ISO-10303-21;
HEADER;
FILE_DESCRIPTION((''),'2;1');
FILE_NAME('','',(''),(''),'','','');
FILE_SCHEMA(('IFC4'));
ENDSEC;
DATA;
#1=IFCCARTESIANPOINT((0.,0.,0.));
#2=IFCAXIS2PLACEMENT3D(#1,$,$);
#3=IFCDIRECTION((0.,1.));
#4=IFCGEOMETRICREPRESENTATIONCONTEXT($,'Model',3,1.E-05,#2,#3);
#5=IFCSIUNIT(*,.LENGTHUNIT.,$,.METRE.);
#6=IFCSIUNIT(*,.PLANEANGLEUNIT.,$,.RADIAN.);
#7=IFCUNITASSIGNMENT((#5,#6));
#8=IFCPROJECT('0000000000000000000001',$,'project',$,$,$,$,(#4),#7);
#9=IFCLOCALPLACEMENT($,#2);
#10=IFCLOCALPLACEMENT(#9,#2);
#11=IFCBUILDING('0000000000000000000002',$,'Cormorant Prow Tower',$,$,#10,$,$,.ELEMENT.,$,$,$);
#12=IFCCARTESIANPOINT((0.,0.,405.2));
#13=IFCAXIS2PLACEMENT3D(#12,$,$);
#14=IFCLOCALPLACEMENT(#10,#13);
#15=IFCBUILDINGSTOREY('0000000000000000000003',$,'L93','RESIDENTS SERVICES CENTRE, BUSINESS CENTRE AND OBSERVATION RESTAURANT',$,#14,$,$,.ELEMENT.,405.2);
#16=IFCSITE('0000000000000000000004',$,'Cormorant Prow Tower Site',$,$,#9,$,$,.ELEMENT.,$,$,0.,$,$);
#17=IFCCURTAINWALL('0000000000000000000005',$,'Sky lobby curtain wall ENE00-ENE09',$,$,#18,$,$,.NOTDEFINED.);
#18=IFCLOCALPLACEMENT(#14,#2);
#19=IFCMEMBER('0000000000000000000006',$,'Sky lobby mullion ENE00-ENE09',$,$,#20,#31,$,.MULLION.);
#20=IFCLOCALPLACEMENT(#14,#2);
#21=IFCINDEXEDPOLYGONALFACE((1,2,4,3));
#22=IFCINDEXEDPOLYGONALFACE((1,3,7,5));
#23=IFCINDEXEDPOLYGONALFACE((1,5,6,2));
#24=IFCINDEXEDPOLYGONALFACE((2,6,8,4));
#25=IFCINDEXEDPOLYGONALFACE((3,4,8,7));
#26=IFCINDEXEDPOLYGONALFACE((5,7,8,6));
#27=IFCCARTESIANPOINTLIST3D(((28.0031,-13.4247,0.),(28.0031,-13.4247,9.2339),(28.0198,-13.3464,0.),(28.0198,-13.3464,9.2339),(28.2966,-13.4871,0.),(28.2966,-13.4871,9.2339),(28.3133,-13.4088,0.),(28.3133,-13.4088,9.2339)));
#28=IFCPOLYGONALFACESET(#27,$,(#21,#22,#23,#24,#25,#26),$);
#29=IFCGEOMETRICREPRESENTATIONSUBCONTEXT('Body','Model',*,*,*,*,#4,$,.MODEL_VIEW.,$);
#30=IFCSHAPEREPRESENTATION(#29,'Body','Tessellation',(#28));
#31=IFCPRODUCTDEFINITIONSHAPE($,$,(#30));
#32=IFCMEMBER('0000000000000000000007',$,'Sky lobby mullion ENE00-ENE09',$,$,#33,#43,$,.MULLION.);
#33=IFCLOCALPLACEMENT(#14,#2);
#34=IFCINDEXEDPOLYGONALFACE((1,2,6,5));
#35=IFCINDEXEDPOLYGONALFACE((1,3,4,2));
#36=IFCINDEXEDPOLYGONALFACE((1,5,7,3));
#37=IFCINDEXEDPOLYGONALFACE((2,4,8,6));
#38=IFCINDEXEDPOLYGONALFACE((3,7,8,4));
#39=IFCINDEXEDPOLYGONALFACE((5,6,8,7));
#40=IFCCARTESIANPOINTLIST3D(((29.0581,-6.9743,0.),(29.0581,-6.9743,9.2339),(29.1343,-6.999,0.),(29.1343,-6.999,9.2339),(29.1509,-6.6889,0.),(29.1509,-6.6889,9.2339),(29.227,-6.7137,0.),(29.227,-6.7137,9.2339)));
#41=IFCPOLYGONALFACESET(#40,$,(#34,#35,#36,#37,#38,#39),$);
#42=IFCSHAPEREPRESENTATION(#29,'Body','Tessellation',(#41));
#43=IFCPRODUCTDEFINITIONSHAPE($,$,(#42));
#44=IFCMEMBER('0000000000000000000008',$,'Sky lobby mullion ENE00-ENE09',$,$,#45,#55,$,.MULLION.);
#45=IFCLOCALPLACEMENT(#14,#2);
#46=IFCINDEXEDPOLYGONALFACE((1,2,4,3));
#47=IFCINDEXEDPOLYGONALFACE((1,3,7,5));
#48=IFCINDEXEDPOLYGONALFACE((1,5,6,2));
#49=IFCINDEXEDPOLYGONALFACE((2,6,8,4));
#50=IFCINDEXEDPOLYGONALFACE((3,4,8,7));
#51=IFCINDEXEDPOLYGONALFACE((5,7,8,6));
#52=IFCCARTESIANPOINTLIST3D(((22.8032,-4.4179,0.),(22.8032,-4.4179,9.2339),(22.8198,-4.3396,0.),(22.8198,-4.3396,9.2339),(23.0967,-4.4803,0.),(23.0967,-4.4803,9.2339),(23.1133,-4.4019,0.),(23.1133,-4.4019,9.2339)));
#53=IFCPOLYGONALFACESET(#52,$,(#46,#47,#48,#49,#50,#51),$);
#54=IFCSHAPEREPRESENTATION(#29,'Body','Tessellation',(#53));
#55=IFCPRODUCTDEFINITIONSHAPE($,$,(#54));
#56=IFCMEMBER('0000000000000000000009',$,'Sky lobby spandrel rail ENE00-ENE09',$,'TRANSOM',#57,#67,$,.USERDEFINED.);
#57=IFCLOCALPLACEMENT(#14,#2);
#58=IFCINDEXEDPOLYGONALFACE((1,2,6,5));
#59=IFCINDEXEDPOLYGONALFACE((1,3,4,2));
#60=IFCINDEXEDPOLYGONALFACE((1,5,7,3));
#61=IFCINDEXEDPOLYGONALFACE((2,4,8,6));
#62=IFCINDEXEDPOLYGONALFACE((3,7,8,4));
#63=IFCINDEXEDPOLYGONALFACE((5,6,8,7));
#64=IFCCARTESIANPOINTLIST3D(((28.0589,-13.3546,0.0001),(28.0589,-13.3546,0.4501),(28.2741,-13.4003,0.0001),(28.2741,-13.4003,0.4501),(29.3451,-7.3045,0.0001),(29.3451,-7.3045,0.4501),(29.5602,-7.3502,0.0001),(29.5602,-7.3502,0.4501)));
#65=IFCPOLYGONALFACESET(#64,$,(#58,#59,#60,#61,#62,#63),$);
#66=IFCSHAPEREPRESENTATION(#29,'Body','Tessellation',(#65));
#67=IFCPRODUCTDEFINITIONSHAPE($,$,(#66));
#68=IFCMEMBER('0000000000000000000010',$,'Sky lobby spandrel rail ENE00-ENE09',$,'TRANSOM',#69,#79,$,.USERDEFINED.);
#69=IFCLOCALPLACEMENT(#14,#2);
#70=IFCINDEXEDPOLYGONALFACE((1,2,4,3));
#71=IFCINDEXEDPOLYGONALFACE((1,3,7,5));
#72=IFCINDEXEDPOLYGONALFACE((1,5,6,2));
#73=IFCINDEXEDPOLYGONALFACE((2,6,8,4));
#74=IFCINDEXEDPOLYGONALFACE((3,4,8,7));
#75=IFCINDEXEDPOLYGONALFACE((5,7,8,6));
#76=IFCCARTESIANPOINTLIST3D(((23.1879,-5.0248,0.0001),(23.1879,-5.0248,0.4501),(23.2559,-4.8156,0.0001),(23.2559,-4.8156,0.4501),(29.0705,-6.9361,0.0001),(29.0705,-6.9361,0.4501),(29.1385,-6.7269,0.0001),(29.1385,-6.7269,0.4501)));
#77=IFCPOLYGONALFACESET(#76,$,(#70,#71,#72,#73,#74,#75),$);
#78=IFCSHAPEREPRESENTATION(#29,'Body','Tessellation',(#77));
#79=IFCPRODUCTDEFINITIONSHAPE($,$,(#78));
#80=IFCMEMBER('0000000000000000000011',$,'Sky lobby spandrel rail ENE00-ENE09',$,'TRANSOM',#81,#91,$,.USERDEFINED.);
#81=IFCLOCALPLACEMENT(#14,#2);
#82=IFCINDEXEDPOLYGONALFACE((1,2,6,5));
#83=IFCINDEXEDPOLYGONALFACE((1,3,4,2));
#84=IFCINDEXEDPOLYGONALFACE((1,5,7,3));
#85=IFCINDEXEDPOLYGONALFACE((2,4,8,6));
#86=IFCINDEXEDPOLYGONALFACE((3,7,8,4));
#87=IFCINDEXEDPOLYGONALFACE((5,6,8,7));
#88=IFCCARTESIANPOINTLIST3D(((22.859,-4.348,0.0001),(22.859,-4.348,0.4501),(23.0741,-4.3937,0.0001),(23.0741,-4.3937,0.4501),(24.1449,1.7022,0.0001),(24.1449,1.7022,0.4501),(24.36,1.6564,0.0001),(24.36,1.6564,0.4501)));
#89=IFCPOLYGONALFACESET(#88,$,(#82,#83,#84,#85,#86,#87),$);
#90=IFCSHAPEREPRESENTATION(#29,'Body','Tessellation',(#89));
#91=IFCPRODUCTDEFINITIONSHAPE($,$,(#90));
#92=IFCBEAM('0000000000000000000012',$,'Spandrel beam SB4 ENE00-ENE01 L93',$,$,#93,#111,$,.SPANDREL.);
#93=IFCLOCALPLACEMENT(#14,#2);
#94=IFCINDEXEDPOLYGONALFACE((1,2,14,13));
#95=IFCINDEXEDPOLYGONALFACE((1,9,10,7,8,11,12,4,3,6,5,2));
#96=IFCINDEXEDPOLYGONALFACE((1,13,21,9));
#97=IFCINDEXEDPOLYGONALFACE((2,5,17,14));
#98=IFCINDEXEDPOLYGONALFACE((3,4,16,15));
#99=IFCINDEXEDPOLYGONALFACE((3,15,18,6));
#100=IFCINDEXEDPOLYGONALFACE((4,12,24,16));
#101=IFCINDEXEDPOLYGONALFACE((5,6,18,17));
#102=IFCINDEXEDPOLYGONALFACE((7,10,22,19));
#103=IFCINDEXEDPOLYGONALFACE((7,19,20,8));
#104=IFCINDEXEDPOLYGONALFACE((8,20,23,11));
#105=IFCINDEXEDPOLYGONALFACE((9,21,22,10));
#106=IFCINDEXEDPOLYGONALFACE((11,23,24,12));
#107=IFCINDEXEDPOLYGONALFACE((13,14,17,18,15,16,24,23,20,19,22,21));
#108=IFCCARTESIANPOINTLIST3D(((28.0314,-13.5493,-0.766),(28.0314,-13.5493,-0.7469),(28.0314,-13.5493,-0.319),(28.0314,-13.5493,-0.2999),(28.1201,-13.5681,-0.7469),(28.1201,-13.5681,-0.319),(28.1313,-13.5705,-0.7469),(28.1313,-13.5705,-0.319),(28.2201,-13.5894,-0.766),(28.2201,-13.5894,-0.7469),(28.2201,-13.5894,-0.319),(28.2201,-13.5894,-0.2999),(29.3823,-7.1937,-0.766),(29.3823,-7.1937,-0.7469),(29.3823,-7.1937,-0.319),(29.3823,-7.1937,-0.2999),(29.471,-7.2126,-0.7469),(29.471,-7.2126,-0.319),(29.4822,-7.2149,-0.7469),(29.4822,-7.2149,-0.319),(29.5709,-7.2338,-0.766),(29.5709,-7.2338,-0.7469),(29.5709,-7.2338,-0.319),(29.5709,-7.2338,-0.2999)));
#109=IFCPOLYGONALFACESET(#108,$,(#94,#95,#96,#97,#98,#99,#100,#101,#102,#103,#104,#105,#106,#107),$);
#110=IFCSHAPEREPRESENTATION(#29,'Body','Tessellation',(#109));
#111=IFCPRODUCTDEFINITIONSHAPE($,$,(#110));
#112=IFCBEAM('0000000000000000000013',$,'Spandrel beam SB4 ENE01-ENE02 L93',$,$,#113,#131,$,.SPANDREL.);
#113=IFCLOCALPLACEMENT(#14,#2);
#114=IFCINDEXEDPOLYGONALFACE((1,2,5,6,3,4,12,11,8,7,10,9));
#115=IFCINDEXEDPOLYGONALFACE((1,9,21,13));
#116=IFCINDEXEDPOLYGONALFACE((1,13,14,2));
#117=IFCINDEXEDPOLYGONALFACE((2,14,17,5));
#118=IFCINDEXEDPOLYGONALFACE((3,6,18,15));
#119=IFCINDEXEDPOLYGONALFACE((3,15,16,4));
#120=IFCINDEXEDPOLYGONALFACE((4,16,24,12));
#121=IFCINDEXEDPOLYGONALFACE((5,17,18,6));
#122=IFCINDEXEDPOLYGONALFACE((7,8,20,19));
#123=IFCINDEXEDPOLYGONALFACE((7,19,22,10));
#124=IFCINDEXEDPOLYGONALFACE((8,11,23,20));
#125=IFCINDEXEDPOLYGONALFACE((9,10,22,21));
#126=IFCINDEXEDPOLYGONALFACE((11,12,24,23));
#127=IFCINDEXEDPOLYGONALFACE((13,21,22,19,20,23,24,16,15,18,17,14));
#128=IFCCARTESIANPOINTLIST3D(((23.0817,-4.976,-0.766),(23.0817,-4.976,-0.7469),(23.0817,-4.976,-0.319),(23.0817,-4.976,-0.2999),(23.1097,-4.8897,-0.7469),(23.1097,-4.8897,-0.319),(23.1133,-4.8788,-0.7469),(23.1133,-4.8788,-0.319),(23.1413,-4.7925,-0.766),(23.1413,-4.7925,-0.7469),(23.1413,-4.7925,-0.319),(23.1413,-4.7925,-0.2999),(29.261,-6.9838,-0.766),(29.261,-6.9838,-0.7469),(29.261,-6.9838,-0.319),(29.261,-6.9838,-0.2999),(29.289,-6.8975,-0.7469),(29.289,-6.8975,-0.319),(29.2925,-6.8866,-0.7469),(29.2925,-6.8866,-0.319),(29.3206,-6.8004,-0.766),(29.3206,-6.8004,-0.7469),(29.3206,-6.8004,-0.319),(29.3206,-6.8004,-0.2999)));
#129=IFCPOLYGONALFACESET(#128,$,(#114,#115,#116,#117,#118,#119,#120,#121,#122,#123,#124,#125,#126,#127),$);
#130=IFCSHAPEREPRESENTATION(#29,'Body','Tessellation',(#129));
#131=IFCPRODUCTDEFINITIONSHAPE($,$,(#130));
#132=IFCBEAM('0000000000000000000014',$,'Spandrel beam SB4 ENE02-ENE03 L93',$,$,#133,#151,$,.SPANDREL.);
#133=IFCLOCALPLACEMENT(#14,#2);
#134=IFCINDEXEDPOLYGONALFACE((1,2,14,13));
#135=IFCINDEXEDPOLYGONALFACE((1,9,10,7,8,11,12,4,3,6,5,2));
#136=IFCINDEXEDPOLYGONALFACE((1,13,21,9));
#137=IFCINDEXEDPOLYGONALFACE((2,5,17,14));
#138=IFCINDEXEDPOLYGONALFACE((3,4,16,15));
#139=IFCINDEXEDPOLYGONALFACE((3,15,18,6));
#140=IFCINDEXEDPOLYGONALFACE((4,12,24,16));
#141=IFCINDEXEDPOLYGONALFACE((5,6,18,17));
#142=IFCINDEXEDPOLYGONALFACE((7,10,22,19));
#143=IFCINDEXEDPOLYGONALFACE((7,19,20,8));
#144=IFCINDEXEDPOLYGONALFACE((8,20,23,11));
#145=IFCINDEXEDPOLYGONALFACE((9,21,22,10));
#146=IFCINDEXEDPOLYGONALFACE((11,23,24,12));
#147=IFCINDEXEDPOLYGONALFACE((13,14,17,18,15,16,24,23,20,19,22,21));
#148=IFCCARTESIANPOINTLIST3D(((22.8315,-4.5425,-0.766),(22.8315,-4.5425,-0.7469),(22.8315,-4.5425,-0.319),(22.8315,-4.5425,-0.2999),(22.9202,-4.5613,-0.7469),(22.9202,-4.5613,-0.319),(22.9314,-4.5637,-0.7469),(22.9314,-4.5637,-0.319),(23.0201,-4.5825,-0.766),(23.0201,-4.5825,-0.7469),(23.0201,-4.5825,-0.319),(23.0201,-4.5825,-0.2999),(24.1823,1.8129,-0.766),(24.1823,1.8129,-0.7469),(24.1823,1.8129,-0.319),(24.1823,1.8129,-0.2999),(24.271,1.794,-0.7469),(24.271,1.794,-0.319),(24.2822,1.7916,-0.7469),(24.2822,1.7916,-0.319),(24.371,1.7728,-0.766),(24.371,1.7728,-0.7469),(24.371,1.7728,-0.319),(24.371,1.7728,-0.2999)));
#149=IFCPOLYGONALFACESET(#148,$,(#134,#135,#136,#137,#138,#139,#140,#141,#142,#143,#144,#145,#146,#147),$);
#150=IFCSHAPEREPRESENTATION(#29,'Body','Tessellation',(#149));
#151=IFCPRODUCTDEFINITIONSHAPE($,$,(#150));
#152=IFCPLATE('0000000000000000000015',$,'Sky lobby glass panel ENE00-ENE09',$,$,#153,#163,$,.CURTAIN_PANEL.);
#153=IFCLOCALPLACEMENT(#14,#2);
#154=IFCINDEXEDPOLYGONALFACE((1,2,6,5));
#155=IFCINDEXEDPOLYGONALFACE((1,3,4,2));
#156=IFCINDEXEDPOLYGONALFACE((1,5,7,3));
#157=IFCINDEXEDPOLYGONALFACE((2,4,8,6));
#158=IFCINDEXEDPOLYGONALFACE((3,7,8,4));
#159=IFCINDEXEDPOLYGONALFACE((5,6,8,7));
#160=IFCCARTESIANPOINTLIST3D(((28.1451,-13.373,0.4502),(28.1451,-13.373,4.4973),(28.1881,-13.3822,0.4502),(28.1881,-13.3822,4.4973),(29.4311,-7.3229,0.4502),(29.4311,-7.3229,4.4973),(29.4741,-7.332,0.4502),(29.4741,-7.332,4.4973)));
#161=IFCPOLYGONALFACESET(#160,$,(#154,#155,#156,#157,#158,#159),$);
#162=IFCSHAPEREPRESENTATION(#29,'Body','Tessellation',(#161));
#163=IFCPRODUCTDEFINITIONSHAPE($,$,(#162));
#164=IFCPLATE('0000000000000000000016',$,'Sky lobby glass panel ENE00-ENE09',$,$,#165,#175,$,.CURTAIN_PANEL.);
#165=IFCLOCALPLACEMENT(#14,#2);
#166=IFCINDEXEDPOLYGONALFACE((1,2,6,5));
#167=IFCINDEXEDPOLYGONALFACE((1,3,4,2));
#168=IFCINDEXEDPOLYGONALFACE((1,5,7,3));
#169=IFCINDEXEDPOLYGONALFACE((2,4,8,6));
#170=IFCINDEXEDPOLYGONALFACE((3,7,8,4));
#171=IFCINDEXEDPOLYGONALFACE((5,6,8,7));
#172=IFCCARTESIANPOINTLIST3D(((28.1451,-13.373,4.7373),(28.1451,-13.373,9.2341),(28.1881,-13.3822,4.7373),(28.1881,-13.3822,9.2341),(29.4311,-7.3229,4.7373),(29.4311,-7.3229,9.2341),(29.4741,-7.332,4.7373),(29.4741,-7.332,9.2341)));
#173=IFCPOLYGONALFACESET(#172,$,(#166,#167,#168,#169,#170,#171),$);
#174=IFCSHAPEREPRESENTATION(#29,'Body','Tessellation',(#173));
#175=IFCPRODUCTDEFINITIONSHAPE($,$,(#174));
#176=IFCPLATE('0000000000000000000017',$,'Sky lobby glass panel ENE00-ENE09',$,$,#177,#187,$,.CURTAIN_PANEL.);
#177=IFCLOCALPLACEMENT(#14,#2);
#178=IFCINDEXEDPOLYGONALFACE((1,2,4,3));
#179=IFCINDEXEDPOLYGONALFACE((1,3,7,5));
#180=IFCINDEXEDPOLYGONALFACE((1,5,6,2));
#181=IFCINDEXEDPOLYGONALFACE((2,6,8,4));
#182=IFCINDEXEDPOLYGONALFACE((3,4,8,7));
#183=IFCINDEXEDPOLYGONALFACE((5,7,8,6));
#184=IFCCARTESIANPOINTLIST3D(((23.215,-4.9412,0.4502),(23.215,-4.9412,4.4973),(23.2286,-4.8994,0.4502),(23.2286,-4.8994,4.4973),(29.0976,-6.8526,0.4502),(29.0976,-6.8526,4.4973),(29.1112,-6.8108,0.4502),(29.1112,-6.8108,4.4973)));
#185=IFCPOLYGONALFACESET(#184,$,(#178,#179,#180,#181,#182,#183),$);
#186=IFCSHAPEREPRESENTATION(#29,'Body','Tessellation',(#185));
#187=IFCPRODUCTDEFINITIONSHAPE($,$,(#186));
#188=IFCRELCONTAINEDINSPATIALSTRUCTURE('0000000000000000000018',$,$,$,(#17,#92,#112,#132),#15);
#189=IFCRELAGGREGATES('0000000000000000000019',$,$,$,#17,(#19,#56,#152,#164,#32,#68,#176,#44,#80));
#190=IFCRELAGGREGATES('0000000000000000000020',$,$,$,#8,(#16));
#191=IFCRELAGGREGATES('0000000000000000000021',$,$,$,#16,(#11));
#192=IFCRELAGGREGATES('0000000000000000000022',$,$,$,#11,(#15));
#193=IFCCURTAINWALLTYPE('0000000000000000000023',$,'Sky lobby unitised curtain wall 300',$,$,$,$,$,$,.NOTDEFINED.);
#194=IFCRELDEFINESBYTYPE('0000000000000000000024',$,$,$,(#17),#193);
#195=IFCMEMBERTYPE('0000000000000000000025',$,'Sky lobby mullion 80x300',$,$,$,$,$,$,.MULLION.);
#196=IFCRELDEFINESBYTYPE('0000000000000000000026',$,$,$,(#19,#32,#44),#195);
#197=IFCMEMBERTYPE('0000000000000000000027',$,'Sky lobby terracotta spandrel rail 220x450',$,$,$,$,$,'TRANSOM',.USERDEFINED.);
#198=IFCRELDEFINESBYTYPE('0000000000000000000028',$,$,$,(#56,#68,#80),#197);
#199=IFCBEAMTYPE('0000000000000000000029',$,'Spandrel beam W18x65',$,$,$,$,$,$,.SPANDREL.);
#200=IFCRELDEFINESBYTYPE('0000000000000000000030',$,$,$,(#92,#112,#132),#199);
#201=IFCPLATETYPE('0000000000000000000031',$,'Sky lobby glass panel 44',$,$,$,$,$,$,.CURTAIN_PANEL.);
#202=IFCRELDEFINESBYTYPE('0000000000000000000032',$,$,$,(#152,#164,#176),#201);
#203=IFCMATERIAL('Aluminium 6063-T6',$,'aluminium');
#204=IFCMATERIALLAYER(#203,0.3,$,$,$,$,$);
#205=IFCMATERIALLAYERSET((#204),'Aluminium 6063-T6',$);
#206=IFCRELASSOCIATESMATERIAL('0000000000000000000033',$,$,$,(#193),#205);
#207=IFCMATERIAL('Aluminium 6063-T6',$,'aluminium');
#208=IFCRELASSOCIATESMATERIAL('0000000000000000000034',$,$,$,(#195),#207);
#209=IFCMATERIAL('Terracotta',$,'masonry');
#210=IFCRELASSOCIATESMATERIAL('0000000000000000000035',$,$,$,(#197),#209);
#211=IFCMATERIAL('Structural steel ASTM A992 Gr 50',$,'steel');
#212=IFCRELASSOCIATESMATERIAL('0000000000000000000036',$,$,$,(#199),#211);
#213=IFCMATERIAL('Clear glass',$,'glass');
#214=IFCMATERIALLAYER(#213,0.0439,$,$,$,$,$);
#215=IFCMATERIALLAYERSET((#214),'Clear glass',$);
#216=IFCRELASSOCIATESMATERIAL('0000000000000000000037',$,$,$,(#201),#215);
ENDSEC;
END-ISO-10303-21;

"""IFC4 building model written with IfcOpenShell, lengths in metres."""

from ifc_helpers import new_model, si_unit, direction, frame, origin, origin_2d, place, context, subcontext, project, spatial, rectangle, i_section, extrude, material, layer, layer_set, material_profile, profile_set, type_object, element, aggregate, save


model = new_model("IFC4")

# Units and contexts
model_context = context("Model", 3, precision=1e-05, world=origin(), true_north=direction((0.0, 1.0)))
body_context = subcontext(model_context, "Body", "Model", "MODEL_VIEW")
ifc_project = project(units=[si_unit("LENGTHUNIT", "METRE"), si_unit("PLANEANGLEUNIT", "RADIAN")], contexts=[model_context])

# Site, building, storey
site_placement = place(None, origin())
site = spatial("IfcSite", under=ifc_project, at=site_placement, Name="Cormorant Prow Tower Site", CompositionType="ELEMENT", RefElevation=0.0)
building_placement = place(site_placement, origin())
building = spatial("IfcBuilding", under=site, at=building_placement, Name="Cormorant Prow Tower", CompositionType="ELEMENT")
storey_placement = place(building_placement, frame((0.0, 0.0, 405.2)))
storey = spatial("IfcBuildingStorey", under=building, at=storey_placement, Name="L93", Description="RESIDENTS SERVICES CENTRE, BUSINESS CENTRE AND OBSERVATION RESTAURANT", CompositionType="ELEMENT", Elevation=405.2)

# Curtain wall, members
ifc_material_1 = material(Name="Aluminium 6063-T6", Category="aluminium")
ifc_layer_1 = layer(ifc_material_1, 0.3)
ifc_layer_set_1 = layer_set([ifc_layer_1], Name="Aluminium 6063-T6")
curtain_wall_type = type_object("IfcCurtainWallType", Name="Sky lobby unitised curtain wall 300", PredefinedType="NOTDEFINED", material=ifc_layer_set_1)
curtain_wall_placement = place(storey_placement, origin())
curtain_wall = element("IfcCurtainWall", 1, at=curtain_wall_placement, inside=storey, type_object=curtain_wall_type, Name="Sky lobby curtain wall ENE00-ENE09", PredefinedType="NOTDEFINED")
ifc_material_2 = material(Name="Aluminium 6063-T6", Category="aluminium")
ifc_material_profile_1 = material_profile(ifc_material_2, rectangle(XDim=0.3, YDim=0.0801, at=origin_2d()), Name="Sky lobby mullion 80x300")
ifc_profile_set_1 = profile_set([ifc_material_profile_1], Name="Aluminium 6063-T6")
member_type_1 = type_object("IfcMemberType", Name="Sky lobby mullion 80x300", PredefinedType="MULLION", material=ifc_profile_set_1)
member_1_placement = place(storey_placement, frame((28.1582, -13.4167, 0.0), z_axis=(0.0, 0.0, 1.0), x_axis=(-0.978148, 0.207912, 0.0)))
member_1 = element("IfcMember", 2, at=member_1_placement, type_object=member_type_1, Name="Sky lobby mullion ENE00-ENE09", PredefinedType="MULLION", context=body_context, shape_type="SweptSolid", body=[
    extrude(rectangle(XDim=0.3, YDim=0.0801, at=origin_2d()), origin(), (0.0, 0.0, 1.0), 9.2339),
])
member_2_placement = place(storey_placement, frame((29.1426, -6.844, 0.0), z_axis=(0.0, 0.0, 1.0), x_axis=(-0.309017, -0.951057, 0.0)))
member_2 = element("IfcMember", 3, at=member_2_placement, type_object=member_type_1, Name="Sky lobby mullion ENE00-ENE09", PredefinedType="MULLION", context=body_context, shape_type="SweptSolid", body=[
    extrude(rectangle(XDim=0.3, YDim=0.0801, at=origin_2d()), origin(), (0.0, 0.0, 1.0), 9.2339),
])
member_3_placement = place(storey_placement, frame((22.9583, -4.4099, 0.0), z_axis=(0.0, 0.0, 1.0), x_axis=(-0.978148, 0.207912, 0.0)))
member_3 = element("IfcMember", 4, at=member_3_placement, type_object=member_type_1, Name="Sky lobby mullion ENE00-ENE09", PredefinedType="MULLION", context=body_context, shape_type="SweptSolid", body=[
    extrude(rectangle(XDim=0.3, YDim=0.0801, at=origin_2d()), origin(), (0.0, 0.0, 1.0), 9.2339),
])
ifc_material_3 = material(Name="Terracotta", Category="masonry")
ifc_material_profile_2 = material_profile(ifc_material_3, rectangle(XDim=0.22, YDim=0.45, at=origin_2d()), Name="Sky lobby terracotta spandrel rail 220x450")
ifc_profile_set_2 = profile_set([ifc_material_profile_2], Name="Terracotta")
member_type_2 = type_object("IfcMemberType", Name="Sky lobby terracotta spandrel rail 220x450", ElementType="TRANSOM", PredefinedType="USERDEFINED", material=ifc_profile_set_2)
member_4_placement = place(storey_placement, frame((28.1665, -13.3774, 0.2251), z_axis=(0.207936, 0.978142, 0.0), x_axis=(-0.978142, 0.207936, 0.0)))
member_4 = element("IfcMember", 5, at=member_4_placement, type_object=member_type_2, Name="Sky lobby spandrel rail ENE00-ENE09", ObjectType="TRANSOM", PredefinedType="USERDEFINED", context=body_context, shape_type="SweptSolid", body=[
    extrude(rectangle(XDim=0.22, YDim=0.45, at=origin_2d()), origin(), (0.0, 0.0, 1.0), 6.1853),
])
member_5_placement = place(storey_placement, frame((29.1045, -6.8315, 0.2251), z_axis=(-0.951056, 0.309019, 0.0), x_axis=(-0.309019, -0.951056, 0.0)))
member_5 = element("IfcMember", 6, at=member_5_placement, type_object=member_type_2, Name="Sky lobby spandrel rail ENE00-ENE09", ObjectType="TRANSOM", PredefinedType="USERDEFINED", context=body_context, shape_type="SweptSolid", body=[
    extrude(rectangle(XDim=0.22, YDim=0.45, at=origin_2d()), origin(), (0.0, 0.0, 1.0), 6.1853),
])
member_6_placement = place(storey_placement, frame((22.9666, -4.3708, 0.2251), z_axis=(0.207898, 0.978151, 0.0), x_axis=(-0.978151, 0.207898, 0.0)))
member_6 = element("IfcMember", 7, at=member_6_placement, type_object=member_type_2, Name="Sky lobby spandrel rail ENE00-ENE09", ObjectType="TRANSOM", PredefinedType="USERDEFINED", context=body_context, shape_type="SweptSolid", body=[
    extrude(rectangle(XDim=0.22, YDim=0.45, at=origin_2d()), origin(), (0.0, 0.0, 1.0), 6.1853),
])

# Beams
ifc_material_4 = material(Name="Structural steel ASTM A992 Gr 50", Category="steel")
ifc_material_profile_3 = material_profile(ifc_material_4, i_section(OverallWidth=0.1929, OverallDepth=0.4661, WebThickness=0.0115, FlangeThickness=0.019, at=origin_2d()), Name="W18x65")
ifc_profile_set_3 = profile_set([ifc_material_profile_3], Name="Structural steel ASTM A992 Gr 50")
beam_type_1 = type_object("IfcBeamType", Name="Spandrel beam W18x65", PredefinedType="SPANDREL", material=ifc_profile_set_3)
beam_1_placement = place(storey_placement, frame((28.1257, -13.5693, -0.533), z_axis=(0.207902, 0.97815, 0.0), x_axis=(-0.97815, 0.207902, 0.0)))
element("IfcBeam", 8, at=beam_1_placement, inside=storey, type_object=beam_type_1, Name="Spandrel beam SB4 ENE00-ENE01 L93", PredefinedType="SPANDREL", context=body_context, shape_type="SweptSolid", body=[
    extrude(i_section(OverallWidth=0.1929, OverallDepth=0.4661, WebThickness=0.0115, FlangeThickness=0.019, at=origin_2d()), origin(), (0.0, 0.0, 1.0), 6.4976),
])
for number, where, z_axis, x_axis, name in (
    (9, (29.2908, -6.8921, -0.533), (-0.951053, 0.309027, 0.0), (-0.309027, -0.951053, 0.0), "Spandrel beam SB4 ENE01-ENE02 L93"),
    (10, (22.9258, -4.5625, -0.533), (0.20791, 0.978148, 0.0), (-0.978148, 0.20791, 0.0), "Spandrel beam SB4 ENE02-ENE03 L93"),
):
    element("IfcBeam", number, at=place(storey_placement, frame(where, z_axis=z_axis, x_axis=x_axis)), inside=storey, type_object=beam_type_1, Name=name, PredefinedType="SPANDREL", context=body_context, shape_type="SweptSolid", body=[
        extrude(i_section(OverallWidth=0.1929, OverallDepth=0.4661, WebThickness=0.0115, FlangeThickness=0.019, at=origin_2d()), origin(), (0.0, 0.0, 1.0), 6.4973),
    ])

# Plates
ifc_material_5 = material(Name="Clear glass", Category="glass")
ifc_layer_2 = layer(ifc_material_5, 0.0439)
ifc_layer_set_2 = layer_set([ifc_layer_2], Name="Clear glass")
plate_type = type_object("IfcPlateType", Name="Sky lobby glass panel 44", PredefinedType="CURTAIN_PANEL", material=ifc_layer_set_2)
plate_1_placement = place(storey_placement, frame((28.8096, -10.3525, 0.4502), z_axis=(0.0, 0.0, 1.0), x_axis=(0.207912, 0.978148, 0.0)))
plate_1 = element("IfcPlate", 11, at=plate_1_placement, type_object=plate_type, Name="Sky lobby glass panel ENE00-ENE09", PredefinedType="CURTAIN_PANEL", context=body_context, shape_type="SweptSolid", body=[
    extrude(rectangle(XDim=6.1853, YDim=0.0439, at=origin_2d()), origin(), (0.0, 0.0, 1.0), 4.0471),
])
plate_2_placement = place(storey_placement, frame((28.8096, -10.3525, 4.7373), z_axis=(0.0, 0.0, 1.0), x_axis=(0.207912, 0.978148, 0.0)))
plate_2 = element("IfcPlate", 12, at=plate_2_placement, type_object=plate_type, Name="Sky lobby glass panel ENE00-ENE09", PredefinedType="CURTAIN_PANEL", context=body_context, shape_type="SweptSolid", body=[
    extrude(rectangle(XDim=6.1853, YDim=0.0439, at=origin_2d()), origin(), (0.0, 0.0, 1.0), 4.4968),
])
plate_3_placement = place(storey_placement, frame((26.1631, -5.876, 0.4502), z_axis=(0.0, 0.0, 1.0), x_axis=(-0.951057, 0.309017, 0.0)))
plate_3 = element("IfcPlate", 13, at=plate_3_placement, type_object=plate_type, Name="Sky lobby glass panel ENE00-ENE09", PredefinedType="CURTAIN_PANEL", context=body_context, shape_type="SweptSolid", body=[
    extrude(rectangle(XDim=6.1853, YDim=0.0439, at=origin_2d()), origin(), (0.0, 0.0, 1.0), 4.0471),
])
aggregate(curtain_wall, [member_1, member_4, plate_1, plate_2, member_2, member_5, plate_3, member_3, member_6])

save(model, "model.ifc")
